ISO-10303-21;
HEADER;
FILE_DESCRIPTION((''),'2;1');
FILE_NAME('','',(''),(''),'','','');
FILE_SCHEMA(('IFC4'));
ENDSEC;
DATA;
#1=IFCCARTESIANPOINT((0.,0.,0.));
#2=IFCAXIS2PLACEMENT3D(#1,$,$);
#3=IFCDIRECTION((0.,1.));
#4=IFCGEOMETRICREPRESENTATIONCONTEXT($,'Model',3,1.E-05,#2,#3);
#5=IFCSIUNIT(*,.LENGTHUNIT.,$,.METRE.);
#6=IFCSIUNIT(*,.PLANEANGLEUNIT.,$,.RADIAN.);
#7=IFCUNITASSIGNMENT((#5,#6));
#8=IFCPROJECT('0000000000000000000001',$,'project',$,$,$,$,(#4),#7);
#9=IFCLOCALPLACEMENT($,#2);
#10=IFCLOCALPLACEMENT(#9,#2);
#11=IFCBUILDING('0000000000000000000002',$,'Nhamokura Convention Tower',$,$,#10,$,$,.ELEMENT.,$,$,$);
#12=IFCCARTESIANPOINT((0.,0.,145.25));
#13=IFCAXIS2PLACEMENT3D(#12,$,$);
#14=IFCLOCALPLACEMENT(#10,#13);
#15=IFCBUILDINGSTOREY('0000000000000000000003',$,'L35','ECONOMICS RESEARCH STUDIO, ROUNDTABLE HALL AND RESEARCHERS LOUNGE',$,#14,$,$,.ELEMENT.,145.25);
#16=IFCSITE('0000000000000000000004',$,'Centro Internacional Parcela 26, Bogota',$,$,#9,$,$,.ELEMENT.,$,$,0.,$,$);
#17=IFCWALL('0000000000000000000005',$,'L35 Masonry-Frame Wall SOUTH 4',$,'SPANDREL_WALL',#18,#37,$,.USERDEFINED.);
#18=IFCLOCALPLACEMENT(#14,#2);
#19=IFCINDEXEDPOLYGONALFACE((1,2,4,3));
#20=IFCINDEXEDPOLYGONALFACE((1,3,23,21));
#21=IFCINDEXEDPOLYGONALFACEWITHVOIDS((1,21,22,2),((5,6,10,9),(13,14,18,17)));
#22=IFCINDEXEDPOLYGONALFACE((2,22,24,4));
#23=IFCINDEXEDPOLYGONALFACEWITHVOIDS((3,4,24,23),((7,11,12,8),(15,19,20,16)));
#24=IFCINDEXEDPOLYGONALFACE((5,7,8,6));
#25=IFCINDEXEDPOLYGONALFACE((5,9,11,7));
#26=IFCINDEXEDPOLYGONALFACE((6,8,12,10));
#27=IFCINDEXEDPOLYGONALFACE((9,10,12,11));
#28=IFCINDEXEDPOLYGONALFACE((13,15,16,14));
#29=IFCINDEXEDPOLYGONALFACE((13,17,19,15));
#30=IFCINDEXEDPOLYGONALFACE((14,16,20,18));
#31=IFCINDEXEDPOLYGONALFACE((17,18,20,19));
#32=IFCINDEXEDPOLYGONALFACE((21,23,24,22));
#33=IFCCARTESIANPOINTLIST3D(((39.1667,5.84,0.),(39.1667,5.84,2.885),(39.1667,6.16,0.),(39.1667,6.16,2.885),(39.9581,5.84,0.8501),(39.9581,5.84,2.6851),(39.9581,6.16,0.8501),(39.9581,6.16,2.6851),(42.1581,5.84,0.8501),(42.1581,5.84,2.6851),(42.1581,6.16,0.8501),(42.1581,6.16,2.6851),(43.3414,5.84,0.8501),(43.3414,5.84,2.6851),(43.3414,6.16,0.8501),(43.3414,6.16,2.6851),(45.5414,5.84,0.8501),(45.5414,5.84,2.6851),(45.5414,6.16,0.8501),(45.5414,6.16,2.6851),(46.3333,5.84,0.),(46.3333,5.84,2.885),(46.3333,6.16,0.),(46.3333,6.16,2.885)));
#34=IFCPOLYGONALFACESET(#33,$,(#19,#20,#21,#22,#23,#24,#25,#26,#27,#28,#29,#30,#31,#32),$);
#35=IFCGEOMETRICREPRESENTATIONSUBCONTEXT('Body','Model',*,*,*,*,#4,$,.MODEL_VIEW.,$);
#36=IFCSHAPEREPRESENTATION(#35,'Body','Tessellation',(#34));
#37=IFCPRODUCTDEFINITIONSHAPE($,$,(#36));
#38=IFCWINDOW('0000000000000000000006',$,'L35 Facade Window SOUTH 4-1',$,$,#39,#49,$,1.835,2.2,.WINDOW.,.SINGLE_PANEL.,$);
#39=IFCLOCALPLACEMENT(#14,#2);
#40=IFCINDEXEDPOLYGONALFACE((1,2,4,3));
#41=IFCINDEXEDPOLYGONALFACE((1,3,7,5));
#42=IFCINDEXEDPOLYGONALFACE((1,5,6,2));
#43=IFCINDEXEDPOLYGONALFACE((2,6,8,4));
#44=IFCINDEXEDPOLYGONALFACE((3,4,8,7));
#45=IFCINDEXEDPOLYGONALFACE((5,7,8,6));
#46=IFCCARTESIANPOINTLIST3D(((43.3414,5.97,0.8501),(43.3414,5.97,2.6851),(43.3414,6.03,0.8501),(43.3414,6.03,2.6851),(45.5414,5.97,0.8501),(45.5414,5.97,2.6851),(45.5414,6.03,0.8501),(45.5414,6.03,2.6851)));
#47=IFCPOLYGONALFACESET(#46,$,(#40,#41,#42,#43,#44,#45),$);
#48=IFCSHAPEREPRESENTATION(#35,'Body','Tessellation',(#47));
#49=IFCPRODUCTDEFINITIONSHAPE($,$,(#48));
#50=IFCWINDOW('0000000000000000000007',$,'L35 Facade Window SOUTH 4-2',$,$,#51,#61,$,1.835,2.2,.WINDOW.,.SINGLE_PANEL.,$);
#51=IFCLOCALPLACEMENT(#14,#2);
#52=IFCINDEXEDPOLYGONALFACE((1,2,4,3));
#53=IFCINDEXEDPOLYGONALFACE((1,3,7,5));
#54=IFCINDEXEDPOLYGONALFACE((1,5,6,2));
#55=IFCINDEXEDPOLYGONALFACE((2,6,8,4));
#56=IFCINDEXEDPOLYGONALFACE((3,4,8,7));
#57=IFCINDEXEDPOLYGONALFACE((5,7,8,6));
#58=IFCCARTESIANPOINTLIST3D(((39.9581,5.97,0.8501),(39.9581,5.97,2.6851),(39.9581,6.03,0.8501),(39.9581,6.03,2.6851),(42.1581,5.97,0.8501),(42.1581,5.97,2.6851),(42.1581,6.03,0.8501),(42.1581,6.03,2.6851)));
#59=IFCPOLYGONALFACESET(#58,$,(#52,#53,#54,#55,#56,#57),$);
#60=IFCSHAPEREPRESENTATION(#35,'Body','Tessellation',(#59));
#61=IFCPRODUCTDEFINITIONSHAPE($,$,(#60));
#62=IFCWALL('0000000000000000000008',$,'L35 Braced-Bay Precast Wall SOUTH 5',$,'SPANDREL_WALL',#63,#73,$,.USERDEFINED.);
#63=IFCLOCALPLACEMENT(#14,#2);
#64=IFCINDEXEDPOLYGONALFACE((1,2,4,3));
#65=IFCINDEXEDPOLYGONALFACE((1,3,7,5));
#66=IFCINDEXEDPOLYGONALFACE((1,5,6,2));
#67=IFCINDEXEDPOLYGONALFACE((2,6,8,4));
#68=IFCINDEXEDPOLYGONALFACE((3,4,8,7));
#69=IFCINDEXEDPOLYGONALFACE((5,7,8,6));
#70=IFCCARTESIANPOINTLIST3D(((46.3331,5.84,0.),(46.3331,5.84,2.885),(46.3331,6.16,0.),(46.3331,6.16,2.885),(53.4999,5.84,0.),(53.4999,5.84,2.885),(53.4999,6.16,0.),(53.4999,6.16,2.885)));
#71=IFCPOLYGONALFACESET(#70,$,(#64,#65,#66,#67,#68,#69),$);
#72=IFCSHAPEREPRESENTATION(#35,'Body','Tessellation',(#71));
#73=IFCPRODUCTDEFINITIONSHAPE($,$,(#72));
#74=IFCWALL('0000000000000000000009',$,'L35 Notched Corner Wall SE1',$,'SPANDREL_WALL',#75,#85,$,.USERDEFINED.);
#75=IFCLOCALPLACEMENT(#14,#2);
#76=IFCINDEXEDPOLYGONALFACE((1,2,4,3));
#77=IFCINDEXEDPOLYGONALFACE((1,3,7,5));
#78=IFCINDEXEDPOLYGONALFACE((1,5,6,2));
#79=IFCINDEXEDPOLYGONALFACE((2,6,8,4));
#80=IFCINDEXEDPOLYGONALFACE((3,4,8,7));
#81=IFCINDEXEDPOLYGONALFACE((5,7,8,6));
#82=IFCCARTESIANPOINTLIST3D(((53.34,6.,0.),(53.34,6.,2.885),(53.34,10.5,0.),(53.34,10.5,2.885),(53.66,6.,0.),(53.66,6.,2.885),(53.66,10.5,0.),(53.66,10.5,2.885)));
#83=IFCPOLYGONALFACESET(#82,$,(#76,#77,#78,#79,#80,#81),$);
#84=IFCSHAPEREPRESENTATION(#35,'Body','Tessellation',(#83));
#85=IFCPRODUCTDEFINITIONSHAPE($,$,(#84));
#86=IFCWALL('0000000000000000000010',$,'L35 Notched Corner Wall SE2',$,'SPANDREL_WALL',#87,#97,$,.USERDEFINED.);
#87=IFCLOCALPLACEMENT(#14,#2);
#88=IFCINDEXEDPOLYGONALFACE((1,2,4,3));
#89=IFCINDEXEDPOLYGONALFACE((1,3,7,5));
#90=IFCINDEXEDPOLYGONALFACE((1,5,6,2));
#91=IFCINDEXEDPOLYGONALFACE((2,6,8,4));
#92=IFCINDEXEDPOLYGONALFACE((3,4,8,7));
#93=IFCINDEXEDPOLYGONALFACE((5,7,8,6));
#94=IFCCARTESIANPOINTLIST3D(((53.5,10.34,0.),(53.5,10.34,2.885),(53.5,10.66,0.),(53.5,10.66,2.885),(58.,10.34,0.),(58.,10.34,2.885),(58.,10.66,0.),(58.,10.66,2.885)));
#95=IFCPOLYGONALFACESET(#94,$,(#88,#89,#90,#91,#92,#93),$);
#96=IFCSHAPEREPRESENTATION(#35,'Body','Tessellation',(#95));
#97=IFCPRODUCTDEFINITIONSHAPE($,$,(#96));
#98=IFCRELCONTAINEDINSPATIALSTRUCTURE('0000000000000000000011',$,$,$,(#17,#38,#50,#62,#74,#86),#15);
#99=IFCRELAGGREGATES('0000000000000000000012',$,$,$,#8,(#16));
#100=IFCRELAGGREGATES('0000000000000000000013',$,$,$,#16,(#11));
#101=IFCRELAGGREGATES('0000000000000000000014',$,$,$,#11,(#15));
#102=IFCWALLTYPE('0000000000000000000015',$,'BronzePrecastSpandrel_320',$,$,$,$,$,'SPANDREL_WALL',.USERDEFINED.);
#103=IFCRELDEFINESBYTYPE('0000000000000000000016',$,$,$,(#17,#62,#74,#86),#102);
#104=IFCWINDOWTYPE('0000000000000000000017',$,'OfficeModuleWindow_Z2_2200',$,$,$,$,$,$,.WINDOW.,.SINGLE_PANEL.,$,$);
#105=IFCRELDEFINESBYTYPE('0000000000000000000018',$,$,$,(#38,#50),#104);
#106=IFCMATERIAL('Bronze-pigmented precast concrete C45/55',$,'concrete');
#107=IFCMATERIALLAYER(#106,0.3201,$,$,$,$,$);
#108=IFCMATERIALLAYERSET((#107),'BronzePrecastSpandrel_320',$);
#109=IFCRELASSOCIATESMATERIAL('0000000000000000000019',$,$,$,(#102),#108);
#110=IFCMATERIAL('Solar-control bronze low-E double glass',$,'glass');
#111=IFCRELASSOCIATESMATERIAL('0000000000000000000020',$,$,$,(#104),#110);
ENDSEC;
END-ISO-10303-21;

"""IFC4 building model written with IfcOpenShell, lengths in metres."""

from ifc_helpers import new_model, si_unit, direction, frame, frame_2d, origin, place, context, subcontext, project, spatial, rectangle, extrude, material, layer, layer_set, type_object, element, fill, save


model = new_model("IFC4")

# Units and contexts
model_context = context("Model", 3, precision=1e-05, world=origin(), true_north=direction((0.0, 1.0)))
body_context = subcontext(model_context, "Body", "Model", "MODEL_VIEW")
ifc_project = project(units=[si_unit("LENGTHUNIT", "METRE"), si_unit("PLANEANGLEUNIT", "RADIAN")], contexts=[model_context])

# Site, building, storey
site_placement = place(None, origin())
site = spatial("IfcSite", under=ifc_project, at=site_placement, Name="Centro Internacional Parcela 26, Bogota", CompositionType="ELEMENT", RefElevation=0.0)
building_placement = place(site_placement, origin())
building = spatial("IfcBuilding", under=site, at=building_placement, Name="Nhamokura Convention Tower", CompositionType="ELEMENT")
storey_placement = place(building_placement, frame((0.0, 0.0, 145.25)))
storey = spatial("IfcBuildingStorey", under=building, at=storey_placement, Name="L35", Description="ECONOMICS RESEARCH STUDIO, ROUNDTABLE HALL AND RESEARCHERS LOUNGE", CompositionType="ELEMENT", Elevation=145.25)

# Wall, openings, windows
ifc_material_1 = material(Name="Bronze-pigmented precast concrete C45/55", Category="concrete")
ifc_layer = layer(ifc_material_1, 0.3201)
ifc_layer_set = layer_set([ifc_layer], Name="BronzePrecastSpandrel_320")
wall_type = type_object("IfcWallType", Name="BronzePrecastSpandrel_320", ElementType="SPANDREL_WALL", PredefinedType="USERDEFINED", material=ifc_layer_set)
wall_1_placement = place(storey_placement, frame((46.3333, 6.0, 0.0), z_axis=(0.0, 0.0, 1.0), x_axis=(-1.0, 0.0, 0.0)))
wall_1 = element("IfcWall", 1, at=wall_1_placement, inside=storey, type_object=wall_type, Name="L35 Masonry-Frame Wall SOUTH 4", ObjectType="SPANDREL_WALL", PredefinedType="USERDEFINED", context=body_context, shape_type="SweptSolid", body=[
    extrude(rectangle(XDim=7.1665, YDim=0.3201, at=frame_2d((3.5833, 0.0))), origin(), (0.0, 0.0, 1.0), 2.885),
])
opening_1_placement = place(wall_1_placement, frame((0.7917, 0.0, 0.8501)))
opening_1 = element("IfcOpeningElement", 2, at=opening_1_placement, cuts=wall_1, PredefinedType="OPENING", context=body_context, shape_type="SweptSolid", body=[
    extrude(rectangle(XDim=2.2, YDim=1.835, at=frame_2d((1.1001, 0.9175))), frame((0.0, 0.1699, 0.0), z_axis=(0.0, -1.0, 0.0), x_axis=(1.0, 0.0, 0.0)), (0.0, 0.0, 1.0), 0.3401),
])
opening_2_placement = place(wall_1_placement, frame((4.175, 0.0, 0.8501)))
opening_2 = element("IfcOpeningElement", 3, at=opening_2_placement, cuts=wall_1, PredefinedType="OPENING", context=body_context, shape_type="SweptSolid", body=[
    extrude(rectangle(XDim=2.2, YDim=1.835, at=frame_2d((1.1001, 0.9175))), frame((0.0, 0.1699, 0.0), z_axis=(0.0, -1.0, 0.0), x_axis=(1.0, 0.0, 0.0)), (0.0, 0.0, 1.0), 0.3401),
])
ifc_material_2 = material(Name="Solar-control bronze low-E double glass", Category="glass")
window_type = type_object("IfcWindowType", Name="OfficeModuleWindow_Z2_2200", PartitioningType="SINGLE_PANEL", PredefinedType="WINDOW", material=ifc_material_2)
window_1_placement = place(opening_1_placement, origin())
window_1 = element("IfcWindow", 4, at=window_1_placement, inside=storey, type_object=window_type, Name="L35 Facade Window SOUTH 4-1", OverallHeight=1.835, OverallWidth=2.2, PartitioningType="SINGLE_PANEL", PredefinedType="WINDOW", context=body_context, shape_type="SweptSolid", body=[
    extrude(rectangle(XDim=2.2, YDim=1.835, at=frame_2d((1.1001, 0.9175))), frame((0.0, 0.03, 0.0), z_axis=(0.0, -1.0, 0.0), x_axis=(1.0, 0.0, 0.0)), (0.0, 0.0, 1.0), 0.0601),
])
fill(opening_1, window_1)
window_2_placement = place(opening_2_placement, origin())
window_2 = element("IfcWindow", 5, at=window_2_placement, inside=storey, type_object=window_type, Name="L35 Facade Window SOUTH 4-2", OverallHeight=1.835, OverallWidth=2.2, PartitioningType="SINGLE_PANEL", PredefinedType="WINDOW", context=body_context, shape_type="SweptSolid", body=[
    extrude(rectangle(XDim=2.2, YDim=1.835, at=frame_2d((1.1001, 0.9175))), frame((0.0, 0.03, 0.0), z_axis=(0.0, -1.0, 0.0), x_axis=(1.0, 0.0, 0.0)), (0.0, 0.0, 1.0), 0.0601),
])
fill(opening_2, window_2)

# Walls
wall_2_placement = place(storey_placement, frame((53.5, 6.0, 0.0), z_axis=(0.0, 0.0, 1.0), x_axis=(-1.0, 0.0, 0.0)))
element("IfcWall", 6, at=wall_2_placement, inside=storey, type_object=wall_type, Name="L35 Braced-Bay Precast Wall SOUTH 5", ObjectType="SPANDREL_WALL", PredefinedType="USERDEFINED", context=body_context, shape_type="SweptSolid", body=[
    extrude(rectangle(XDim=7.1667, YDim=0.3201, at=frame_2d((3.5835, 0.0))), origin(), (0.0, 0.0, 1.0), 2.885),
])
for number, where, z_axis, x_axis, name in (
    (7, (53.5, 10.5, 0.0), (0.0, 0.0, 1.0), (0.0, -1.0, 0.0), "L35 Notched Corner Wall SE1"),
    (8, (58.0, 10.5, 0.0), (0.0, 0.0, 1.0), (-1.0, 0.0, 0.0), "L35 Notched Corner Wall SE2"),
):
    element("IfcWall", number, at=place(storey_placement, frame(where, z_axis=z_axis, x_axis=x_axis)), inside=storey, type_object=wall_type, Name=name, ObjectType="SPANDREL_WALL", PredefinedType="USERDEFINED", context=body_context, shape_type="SweptSolid", body=[
        extrude(rectangle(XDim=4.5, YDim=0.3201, at=frame_2d((2.25, 0.0))), origin(), (0.0, 0.0, 1.0), 2.885),
    ])

save(model, "model.ifc")
